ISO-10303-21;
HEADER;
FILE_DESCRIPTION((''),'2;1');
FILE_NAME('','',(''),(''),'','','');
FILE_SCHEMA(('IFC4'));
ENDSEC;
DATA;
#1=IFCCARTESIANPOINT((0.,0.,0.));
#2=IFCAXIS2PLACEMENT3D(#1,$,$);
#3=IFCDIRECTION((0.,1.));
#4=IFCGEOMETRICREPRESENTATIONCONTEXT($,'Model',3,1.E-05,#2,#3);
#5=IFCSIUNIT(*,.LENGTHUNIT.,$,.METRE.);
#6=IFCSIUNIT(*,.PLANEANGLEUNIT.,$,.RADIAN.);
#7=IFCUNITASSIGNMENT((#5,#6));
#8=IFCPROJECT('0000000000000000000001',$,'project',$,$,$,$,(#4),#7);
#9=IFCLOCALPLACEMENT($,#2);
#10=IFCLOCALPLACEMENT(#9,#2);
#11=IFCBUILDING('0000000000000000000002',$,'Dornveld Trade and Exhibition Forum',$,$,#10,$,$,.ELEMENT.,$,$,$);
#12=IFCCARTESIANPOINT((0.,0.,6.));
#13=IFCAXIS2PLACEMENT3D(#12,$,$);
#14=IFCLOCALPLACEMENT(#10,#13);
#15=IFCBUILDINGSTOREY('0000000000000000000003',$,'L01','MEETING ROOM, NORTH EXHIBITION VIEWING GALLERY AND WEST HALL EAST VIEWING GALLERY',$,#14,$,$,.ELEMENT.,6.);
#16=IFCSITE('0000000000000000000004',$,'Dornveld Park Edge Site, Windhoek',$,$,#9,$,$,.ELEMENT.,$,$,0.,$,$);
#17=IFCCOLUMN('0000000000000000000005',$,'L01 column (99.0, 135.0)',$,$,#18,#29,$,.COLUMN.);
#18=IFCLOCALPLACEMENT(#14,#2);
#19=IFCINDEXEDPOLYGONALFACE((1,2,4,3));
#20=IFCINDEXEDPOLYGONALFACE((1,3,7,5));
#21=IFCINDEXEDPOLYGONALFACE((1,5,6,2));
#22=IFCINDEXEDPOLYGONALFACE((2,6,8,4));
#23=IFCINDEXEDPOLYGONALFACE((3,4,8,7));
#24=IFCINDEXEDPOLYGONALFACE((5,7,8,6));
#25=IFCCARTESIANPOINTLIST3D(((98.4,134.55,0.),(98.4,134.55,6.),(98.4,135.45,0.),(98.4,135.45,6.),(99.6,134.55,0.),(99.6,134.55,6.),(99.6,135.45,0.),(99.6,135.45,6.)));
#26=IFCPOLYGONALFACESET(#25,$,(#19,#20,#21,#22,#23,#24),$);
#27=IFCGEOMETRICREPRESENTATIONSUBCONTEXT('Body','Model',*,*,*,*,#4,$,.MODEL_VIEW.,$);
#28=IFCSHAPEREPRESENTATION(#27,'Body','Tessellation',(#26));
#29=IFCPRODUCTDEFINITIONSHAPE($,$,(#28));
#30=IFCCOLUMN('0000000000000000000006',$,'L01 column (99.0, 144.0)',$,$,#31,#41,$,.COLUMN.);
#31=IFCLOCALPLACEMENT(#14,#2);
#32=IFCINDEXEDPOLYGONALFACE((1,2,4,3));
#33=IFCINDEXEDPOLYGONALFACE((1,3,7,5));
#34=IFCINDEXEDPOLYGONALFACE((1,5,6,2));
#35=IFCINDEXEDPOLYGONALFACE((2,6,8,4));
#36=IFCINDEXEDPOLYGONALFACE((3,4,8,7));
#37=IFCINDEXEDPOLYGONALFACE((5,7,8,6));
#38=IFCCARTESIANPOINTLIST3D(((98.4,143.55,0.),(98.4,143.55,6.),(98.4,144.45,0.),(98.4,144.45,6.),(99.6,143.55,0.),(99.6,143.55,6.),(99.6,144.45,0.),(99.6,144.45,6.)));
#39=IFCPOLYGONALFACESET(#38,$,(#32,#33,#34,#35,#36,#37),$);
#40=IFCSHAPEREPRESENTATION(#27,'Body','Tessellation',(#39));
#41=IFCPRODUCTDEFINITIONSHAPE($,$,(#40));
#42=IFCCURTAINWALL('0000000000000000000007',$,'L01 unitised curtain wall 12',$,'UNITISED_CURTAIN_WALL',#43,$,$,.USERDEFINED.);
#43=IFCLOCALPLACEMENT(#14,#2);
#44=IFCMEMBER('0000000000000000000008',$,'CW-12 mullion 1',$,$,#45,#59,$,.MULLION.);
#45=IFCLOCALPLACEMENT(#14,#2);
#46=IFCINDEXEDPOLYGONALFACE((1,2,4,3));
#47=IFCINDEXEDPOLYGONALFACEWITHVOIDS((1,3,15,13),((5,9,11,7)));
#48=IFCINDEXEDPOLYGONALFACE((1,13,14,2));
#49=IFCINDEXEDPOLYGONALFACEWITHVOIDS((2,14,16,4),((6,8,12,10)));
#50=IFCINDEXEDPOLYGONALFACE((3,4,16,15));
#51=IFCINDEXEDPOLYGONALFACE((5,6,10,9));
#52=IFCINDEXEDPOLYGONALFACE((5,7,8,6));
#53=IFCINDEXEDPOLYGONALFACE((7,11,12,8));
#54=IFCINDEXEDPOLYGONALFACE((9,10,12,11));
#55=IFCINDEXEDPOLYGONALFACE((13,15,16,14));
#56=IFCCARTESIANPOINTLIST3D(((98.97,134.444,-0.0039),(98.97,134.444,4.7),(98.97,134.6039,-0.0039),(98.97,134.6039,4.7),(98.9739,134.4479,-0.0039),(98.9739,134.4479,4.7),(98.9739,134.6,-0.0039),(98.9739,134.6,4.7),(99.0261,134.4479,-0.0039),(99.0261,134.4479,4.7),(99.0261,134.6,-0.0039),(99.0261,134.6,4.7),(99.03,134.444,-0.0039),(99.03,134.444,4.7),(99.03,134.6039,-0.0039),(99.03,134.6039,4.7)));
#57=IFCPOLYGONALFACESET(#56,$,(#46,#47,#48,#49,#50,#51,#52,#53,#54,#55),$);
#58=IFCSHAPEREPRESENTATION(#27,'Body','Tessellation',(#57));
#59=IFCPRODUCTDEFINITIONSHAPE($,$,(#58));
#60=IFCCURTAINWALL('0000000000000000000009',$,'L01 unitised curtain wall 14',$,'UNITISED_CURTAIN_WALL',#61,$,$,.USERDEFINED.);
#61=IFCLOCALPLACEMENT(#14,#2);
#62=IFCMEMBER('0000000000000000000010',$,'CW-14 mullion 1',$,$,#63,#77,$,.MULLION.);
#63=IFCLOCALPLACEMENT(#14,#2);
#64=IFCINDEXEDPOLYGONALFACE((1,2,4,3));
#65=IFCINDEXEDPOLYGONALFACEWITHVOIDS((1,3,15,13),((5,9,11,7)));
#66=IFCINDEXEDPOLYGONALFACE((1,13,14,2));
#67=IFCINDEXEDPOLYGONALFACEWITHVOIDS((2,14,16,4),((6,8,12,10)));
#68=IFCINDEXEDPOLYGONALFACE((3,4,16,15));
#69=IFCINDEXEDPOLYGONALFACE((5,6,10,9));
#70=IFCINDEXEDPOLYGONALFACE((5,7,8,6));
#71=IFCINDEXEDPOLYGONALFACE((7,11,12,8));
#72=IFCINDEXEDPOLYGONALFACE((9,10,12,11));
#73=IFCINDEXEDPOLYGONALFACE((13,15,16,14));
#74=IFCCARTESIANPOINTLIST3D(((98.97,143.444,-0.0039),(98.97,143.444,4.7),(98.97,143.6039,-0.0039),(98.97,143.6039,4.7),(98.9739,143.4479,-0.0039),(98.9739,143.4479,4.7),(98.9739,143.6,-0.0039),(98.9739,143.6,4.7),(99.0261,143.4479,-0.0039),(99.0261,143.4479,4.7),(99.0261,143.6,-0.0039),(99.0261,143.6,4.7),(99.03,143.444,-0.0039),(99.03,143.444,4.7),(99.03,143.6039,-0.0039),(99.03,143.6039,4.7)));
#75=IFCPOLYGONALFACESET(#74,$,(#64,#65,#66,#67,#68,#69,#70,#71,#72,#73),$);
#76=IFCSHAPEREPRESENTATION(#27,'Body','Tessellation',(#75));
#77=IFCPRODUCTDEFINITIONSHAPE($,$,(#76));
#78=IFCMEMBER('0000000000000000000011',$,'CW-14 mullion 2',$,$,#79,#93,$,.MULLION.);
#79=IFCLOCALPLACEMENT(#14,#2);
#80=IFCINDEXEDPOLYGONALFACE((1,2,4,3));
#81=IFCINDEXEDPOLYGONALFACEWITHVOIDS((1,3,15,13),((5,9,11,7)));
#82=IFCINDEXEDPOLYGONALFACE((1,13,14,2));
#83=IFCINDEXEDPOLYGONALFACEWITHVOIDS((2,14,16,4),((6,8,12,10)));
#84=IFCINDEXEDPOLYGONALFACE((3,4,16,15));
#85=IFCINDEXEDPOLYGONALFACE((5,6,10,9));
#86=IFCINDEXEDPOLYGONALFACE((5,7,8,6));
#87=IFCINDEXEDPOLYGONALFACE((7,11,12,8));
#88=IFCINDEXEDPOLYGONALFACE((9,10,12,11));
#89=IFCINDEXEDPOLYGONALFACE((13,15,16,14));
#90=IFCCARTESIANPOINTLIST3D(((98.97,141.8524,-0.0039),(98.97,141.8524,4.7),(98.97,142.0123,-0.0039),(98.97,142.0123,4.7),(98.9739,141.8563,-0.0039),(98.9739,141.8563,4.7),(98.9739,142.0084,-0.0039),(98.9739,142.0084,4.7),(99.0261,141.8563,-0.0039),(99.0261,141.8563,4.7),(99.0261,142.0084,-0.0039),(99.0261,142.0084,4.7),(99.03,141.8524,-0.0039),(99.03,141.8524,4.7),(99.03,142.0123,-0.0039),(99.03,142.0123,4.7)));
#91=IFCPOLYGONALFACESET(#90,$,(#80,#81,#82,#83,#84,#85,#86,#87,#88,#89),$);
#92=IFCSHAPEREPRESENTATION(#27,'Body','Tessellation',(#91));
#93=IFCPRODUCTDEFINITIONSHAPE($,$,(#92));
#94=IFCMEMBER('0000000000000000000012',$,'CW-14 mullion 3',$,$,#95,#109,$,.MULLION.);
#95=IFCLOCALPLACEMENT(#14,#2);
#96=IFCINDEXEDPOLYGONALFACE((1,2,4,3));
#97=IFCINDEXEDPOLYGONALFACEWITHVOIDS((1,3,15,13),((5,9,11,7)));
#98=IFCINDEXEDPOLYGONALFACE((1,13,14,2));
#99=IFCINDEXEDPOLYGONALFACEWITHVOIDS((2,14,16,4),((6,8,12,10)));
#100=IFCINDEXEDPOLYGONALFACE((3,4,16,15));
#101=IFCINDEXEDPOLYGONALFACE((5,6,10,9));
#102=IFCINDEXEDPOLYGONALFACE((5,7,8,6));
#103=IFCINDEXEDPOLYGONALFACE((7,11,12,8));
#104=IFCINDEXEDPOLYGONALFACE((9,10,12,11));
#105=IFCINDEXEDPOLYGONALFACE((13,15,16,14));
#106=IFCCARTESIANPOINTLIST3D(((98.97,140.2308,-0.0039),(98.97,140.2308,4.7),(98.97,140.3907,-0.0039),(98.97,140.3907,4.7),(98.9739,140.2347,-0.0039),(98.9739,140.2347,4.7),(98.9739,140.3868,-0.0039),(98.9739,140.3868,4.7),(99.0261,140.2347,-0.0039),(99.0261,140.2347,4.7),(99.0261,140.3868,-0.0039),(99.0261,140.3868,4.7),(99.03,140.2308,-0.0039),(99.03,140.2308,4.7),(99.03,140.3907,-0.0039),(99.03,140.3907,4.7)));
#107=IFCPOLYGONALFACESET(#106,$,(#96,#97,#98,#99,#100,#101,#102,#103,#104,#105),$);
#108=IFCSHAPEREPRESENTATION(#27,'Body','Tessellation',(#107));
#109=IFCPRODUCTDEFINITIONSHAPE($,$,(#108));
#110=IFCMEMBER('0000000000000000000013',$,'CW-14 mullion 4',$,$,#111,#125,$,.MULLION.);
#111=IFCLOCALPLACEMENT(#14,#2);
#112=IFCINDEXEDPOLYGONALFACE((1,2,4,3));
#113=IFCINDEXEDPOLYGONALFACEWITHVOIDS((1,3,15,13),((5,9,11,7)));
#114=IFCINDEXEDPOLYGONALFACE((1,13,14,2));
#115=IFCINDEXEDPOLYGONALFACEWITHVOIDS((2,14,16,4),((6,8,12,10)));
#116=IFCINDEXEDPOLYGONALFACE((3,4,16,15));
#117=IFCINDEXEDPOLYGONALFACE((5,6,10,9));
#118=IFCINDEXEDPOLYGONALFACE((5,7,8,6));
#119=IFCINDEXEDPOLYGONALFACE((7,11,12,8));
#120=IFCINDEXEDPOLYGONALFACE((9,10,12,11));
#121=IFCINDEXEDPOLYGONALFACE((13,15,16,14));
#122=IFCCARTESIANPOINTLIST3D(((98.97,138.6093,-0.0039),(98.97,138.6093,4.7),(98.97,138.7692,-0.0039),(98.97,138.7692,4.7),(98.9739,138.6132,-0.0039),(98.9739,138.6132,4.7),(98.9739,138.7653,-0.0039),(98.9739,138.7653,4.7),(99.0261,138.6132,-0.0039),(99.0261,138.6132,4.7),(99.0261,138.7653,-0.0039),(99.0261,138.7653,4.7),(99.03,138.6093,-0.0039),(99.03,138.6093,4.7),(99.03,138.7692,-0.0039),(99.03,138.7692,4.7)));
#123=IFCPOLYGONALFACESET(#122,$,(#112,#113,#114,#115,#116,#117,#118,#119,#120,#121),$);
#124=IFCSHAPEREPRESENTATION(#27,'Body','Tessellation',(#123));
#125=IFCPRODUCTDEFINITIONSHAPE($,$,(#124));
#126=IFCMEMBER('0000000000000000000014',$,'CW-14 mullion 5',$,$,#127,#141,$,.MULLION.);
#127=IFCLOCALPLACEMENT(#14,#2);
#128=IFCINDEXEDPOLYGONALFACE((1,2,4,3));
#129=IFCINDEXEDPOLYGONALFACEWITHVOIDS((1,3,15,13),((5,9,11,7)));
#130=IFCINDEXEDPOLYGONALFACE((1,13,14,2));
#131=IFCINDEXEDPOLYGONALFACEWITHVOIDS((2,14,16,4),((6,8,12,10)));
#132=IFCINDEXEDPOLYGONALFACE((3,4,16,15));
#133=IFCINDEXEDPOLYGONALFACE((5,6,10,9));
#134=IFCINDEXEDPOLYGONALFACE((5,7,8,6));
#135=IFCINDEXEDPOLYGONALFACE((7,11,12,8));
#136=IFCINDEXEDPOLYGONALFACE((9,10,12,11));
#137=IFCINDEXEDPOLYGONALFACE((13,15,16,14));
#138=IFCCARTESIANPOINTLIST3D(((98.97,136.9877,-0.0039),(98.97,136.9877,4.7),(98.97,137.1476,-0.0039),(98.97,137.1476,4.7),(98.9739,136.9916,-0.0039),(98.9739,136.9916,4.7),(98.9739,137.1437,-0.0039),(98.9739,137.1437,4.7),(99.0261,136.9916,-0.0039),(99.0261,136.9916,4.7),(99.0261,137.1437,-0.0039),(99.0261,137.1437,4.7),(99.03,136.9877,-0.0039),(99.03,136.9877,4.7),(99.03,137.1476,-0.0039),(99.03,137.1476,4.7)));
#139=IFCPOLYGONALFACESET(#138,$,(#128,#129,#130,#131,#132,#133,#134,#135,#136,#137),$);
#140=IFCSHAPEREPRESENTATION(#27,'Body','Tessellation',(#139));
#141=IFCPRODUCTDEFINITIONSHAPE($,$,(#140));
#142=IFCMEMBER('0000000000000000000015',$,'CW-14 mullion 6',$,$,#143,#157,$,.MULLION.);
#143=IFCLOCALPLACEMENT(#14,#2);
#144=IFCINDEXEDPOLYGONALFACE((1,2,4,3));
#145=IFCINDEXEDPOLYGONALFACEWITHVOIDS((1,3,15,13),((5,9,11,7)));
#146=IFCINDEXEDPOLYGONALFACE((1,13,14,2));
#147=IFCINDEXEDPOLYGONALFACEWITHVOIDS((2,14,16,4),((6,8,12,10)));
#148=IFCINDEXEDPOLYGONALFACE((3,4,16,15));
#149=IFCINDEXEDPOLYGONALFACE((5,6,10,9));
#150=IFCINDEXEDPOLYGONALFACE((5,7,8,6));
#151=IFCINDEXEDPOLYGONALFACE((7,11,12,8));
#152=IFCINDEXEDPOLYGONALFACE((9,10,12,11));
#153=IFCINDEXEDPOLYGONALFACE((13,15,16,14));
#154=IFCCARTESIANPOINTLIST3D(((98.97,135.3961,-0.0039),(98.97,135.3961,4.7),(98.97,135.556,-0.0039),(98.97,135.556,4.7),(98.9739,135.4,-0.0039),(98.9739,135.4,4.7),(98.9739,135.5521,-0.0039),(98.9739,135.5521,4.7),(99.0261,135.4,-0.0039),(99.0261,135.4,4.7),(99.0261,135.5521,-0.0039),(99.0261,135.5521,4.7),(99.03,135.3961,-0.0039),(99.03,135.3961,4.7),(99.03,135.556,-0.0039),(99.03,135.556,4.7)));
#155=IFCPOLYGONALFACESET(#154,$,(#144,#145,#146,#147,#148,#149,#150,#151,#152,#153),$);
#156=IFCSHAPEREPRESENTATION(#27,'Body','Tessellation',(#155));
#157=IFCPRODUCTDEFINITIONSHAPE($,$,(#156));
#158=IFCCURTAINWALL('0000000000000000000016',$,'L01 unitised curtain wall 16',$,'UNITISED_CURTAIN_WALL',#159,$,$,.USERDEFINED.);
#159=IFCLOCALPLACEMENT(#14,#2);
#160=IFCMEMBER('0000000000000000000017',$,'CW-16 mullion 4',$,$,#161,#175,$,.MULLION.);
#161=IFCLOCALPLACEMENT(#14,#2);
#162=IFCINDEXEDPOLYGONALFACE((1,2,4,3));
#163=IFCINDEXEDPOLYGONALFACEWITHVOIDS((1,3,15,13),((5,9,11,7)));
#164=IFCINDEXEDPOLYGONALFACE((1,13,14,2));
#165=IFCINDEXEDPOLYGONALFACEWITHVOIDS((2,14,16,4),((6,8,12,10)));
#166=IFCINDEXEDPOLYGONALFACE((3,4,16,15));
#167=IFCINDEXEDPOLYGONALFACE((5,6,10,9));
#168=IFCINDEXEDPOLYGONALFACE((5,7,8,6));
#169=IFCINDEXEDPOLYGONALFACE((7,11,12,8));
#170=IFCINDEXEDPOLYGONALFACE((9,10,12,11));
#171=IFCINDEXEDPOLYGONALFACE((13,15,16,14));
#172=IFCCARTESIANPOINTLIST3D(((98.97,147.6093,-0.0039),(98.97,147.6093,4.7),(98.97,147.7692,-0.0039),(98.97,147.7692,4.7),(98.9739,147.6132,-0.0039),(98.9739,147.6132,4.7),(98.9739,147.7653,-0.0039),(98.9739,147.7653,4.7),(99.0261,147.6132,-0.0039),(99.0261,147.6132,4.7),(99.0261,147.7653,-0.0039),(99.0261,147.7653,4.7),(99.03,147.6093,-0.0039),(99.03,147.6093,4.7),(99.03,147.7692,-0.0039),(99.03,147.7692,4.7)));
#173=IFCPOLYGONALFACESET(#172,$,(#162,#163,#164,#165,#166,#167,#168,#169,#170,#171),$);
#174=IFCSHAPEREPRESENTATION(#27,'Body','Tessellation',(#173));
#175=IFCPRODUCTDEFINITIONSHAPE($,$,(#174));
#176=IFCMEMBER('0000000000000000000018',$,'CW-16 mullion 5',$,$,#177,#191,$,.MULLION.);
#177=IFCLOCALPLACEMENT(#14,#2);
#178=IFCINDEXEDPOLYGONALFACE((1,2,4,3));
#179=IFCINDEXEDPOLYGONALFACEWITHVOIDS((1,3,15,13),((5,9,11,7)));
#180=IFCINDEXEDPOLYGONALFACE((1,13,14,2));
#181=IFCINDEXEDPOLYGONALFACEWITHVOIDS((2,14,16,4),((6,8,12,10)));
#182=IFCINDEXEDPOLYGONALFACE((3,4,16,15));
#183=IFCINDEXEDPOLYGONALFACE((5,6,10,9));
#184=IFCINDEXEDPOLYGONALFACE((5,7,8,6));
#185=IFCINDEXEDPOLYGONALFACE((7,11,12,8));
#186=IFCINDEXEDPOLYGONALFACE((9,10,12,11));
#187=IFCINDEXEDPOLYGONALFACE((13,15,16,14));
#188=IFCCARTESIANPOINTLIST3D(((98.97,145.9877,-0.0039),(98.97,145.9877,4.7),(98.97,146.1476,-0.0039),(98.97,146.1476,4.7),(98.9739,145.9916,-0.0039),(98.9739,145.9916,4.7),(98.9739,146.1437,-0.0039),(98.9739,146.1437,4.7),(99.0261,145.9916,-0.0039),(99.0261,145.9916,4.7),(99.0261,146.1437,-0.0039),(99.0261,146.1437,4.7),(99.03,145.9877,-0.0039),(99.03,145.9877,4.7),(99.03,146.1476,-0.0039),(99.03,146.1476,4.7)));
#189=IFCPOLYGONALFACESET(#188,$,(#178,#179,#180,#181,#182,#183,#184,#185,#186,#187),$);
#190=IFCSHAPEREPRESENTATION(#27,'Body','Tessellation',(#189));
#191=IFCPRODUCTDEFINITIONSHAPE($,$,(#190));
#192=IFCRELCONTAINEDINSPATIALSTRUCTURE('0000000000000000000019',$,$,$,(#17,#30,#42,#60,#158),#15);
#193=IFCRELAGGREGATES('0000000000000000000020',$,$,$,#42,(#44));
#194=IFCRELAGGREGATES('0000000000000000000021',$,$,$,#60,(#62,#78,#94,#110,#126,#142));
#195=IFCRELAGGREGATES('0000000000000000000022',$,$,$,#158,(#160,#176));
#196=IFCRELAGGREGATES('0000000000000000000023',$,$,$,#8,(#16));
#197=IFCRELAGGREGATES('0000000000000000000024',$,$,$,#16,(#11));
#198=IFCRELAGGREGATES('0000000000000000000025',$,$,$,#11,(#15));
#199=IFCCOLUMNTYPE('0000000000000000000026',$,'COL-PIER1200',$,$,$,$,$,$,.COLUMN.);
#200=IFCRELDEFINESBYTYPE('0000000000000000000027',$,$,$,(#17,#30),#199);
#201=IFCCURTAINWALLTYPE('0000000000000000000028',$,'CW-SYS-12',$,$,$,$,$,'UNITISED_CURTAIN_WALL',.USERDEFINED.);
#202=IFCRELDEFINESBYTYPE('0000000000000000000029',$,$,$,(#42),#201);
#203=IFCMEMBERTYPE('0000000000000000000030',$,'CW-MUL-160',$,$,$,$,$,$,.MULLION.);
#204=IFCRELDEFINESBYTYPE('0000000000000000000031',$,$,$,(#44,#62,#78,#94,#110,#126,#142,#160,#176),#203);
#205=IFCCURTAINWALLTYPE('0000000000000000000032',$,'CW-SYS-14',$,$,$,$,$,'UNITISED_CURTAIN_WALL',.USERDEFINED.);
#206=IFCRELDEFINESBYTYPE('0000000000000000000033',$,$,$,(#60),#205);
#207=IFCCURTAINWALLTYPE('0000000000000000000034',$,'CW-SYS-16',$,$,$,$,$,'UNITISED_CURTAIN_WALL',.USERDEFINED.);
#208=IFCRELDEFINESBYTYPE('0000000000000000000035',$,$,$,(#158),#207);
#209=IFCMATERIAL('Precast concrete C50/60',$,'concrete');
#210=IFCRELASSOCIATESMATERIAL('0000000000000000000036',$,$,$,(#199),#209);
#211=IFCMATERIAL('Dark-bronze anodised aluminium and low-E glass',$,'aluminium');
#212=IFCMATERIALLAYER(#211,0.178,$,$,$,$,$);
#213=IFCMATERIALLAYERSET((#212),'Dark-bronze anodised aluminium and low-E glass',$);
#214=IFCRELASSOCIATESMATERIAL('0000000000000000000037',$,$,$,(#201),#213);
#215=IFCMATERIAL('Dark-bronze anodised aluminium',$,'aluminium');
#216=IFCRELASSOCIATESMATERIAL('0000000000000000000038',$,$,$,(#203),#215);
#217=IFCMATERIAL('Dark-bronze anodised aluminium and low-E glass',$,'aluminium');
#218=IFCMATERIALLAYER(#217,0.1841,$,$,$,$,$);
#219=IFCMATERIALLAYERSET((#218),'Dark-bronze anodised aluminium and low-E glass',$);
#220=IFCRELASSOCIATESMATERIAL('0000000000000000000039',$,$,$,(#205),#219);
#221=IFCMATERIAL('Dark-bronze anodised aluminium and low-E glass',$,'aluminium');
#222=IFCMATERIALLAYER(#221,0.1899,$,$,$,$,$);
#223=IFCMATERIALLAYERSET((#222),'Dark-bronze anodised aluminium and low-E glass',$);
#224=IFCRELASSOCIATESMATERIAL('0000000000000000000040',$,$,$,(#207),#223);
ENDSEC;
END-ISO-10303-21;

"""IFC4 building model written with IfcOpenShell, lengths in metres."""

from ifc_helpers import new_model, si_unit, direction, frame, origin, origin_2d, place, context, subcontext, project, spatial, rectangle, hollow_rectangle, extrude, material, layer, layer_set, material_profile, profile_set, type_object, element, aggregate, save


model = new_model("IFC4")

# Units and contexts
model_context = context("Model", 3, precision=1e-05, world=origin(), true_north=direction((0.0, 1.0)))
body_context = subcontext(model_context, "Body", "Model", "MODEL_VIEW")
ifc_project = project(units=[si_unit("LENGTHUNIT", "METRE"), si_unit("PLANEANGLEUNIT", "RADIAN")], contexts=[model_context])

# Site, building, storey
site_placement = place(None, origin())
site = spatial("IfcSite", under=ifc_project, at=site_placement, Name="Dornveld Park Edge Site, Windhoek", CompositionType="ELEMENT", RefElevation=0.0)
building_placement = place(site_placement, origin())
building = spatial("IfcBuilding", under=site, at=building_placement, Name="Dornveld Trade and Exhibition Forum", CompositionType="ELEMENT")
storey_placement = place(building_placement, frame((0.0, 0.0, 6.0)))
storey = spatial("IfcBuildingStorey", under=building, at=storey_placement, Name="L01", Description="MEETING ROOM, NORTH EXHIBITION VIEWING GALLERY AND WEST HALL EAST VIEWING GALLERY", CompositionType="ELEMENT", Elevation=6.0)

# Columns
ifc_material_1 = material(Name="Precast concrete C50/60", Category="concrete")
ifc_material_profile_1 = material_profile(ifc_material_1, rectangle(XDim=1.2, YDim=0.8999, at=origin_2d()), Name="PC-PIER 1200x900")
ifc_profile_set_1 = profile_set([ifc_material_profile_1], Name="Precast concrete C50/60")
column_type = type_object("IfcColumnType", Name="COL-PIER1200", PredefinedType="COLUMN", material=ifc_profile_set_1)
for number, where, z_axis, x_axis, name in (
    (1, (99.0, 135.0, 0.0), (0.0, 0.0, 1.0), (1.0, 0.0, 0.0), "L01 column (99.0, 135.0)"),
    (2, (99.0, 144.0, 0.0), (0.0, 0.0, 1.0), (1.0, 0.0, 0.0), "L01 column (99.0, 144.0)"),
):
    element("IfcColumn", number, at=place(storey_placement, frame(where, z_axis=z_axis, x_axis=x_axis)), inside=storey, type_object=column_type, Name=name, PredefinedType="COLUMN", context=body_context, shape_type="SweptSolid", body=[
        extrude(rectangle(XDim=1.2, YDim=0.8999, at=origin_2d()), origin(), (0.0, 0.0, 1.0), 6.0),
    ])

# Curtain wall, member
ifc_material_2 = material(Name="Dark-bronze anodised aluminium and low-E glass", Category="aluminium")
ifc_layer_1 = layer(ifc_material_2, 0.178)
ifc_layer_set_1 = layer_set([ifc_layer_1], Name="Dark-bronze anodised aluminium and low-E glass")
curtain_wall_type_1 = type_object("IfcCurtainWallType", Name="CW-SYS-12", ElementType="UNITISED_CURTAIN_WALL", PredefinedType="USERDEFINED", material=ifc_layer_set_1)
curtain_wall_1_placement = place(storey_placement, origin())
curtain_wall_1 = element("IfcCurtainWall", 3, at=curtain_wall_1_placement, inside=storey, type_object=curtain_wall_type_1, Name="L01 unitised curtain wall 12", ObjectType="UNITISED_CURTAIN_WALL", PredefinedType="USERDEFINED")
ifc_material_3 = material(Name="Dark-bronze anodised aluminium", Category="aluminium")
ifc_material_profile_2 = material_profile(ifc_material_3, hollow_rectangle(XDim=0.0601, YDim=0.1599, WallThickness=0.0039, at=origin_2d()), Name="RHS 160x60x4")
ifc_profile_set_2 = profile_set([ifc_material_profile_2], Name="Dark-bronze anodised aluminium")
member_type_1 = type_object("IfcMemberType", Name="CW-MUL-160", PredefinedType="MULLION", material=ifc_profile_set_2)
member_1_placement = place(storey_placement, frame((99.0, 134.5239, -0.0039), z_axis=(0.0, 0.0, 1.0), x_axis=(1.0, 0.0, 0.0)))
member_1 = element("IfcMember", 4, at=member_1_placement, type_object=member_type_1, Name="CW-12 mullion 1", PredefinedType="MULLION", context=body_context, shape_type="SweptSolid", body=[
    extrude(hollow_rectangle(XDim=0.0601, YDim=0.1599, WallThickness=0.0039, at=origin_2d()), origin(), (0.0, 0.0, 1.0), 4.7039),
])

# Curtain walls, members
ifc_material_4 = material(Name="Dark-bronze anodised aluminium and low-E glass", Category="aluminium")
ifc_layer_2 = layer(ifc_material_4, 0.1841)
ifc_layer_set_2 = layer_set([ifc_layer_2], Name="Dark-bronze anodised aluminium and low-E glass")
curtain_wall_type_2 = type_object("IfcCurtainWallType", Name="CW-SYS-14", ElementType="UNITISED_CURTAIN_WALL", PredefinedType="USERDEFINED", material=ifc_layer_set_2)
curtain_wall_2_placement = place(storey_placement, origin())
curtain_wall_2 = element("IfcCurtainWall", 5, at=curtain_wall_2_placement, inside=storey, type_object=curtain_wall_type_2, Name="L01 unitised curtain wall 14", ObjectType="UNITISED_CURTAIN_WALL", PredefinedType="USERDEFINED")
member_2_placement = place(storey_placement, frame((99.0, 143.5239, -0.0039), z_axis=(0.0, 0.0, 1.0), x_axis=(1.0, 0.0, 0.0)))
member_2 = element("IfcMember", 6, at=member_2_placement, type_object=member_type_1, Name="CW-14 mullion 1", PredefinedType="MULLION", context=body_context, shape_type="SweptSolid", body=[
    extrude(hollow_rectangle(XDim=0.0601, YDim=0.1599, WallThickness=0.0039, at=origin_2d()), origin(), (0.0, 0.0, 1.0), 4.7039),
])
member_3_placement = place(storey_placement, frame((99.0, 141.9324, -0.0039), z_axis=(0.0, 0.0, 1.0), x_axis=(1.0, 0.0, 0.0)))
member_3 = element("IfcMember", 7, at=member_3_placement, type_object=member_type_1, Name="CW-14 mullion 2", PredefinedType="MULLION", context=body_context, shape_type="SweptSolid", body=[
    extrude(hollow_rectangle(XDim=0.0601, YDim=0.1599, WallThickness=0.0039, at=origin_2d()), origin(), (0.0, 0.0, 1.0), 4.7039),
])
member_4_placement = place(storey_placement, frame((99.0, 140.3108, -0.0039), z_axis=(0.0, 0.0, 1.0), x_axis=(1.0, 0.0, 0.0)))
member_4 = element("IfcMember", 8, at=member_4_placement, type_object=member_type_1, Name="CW-14 mullion 3", PredefinedType="MULLION", context=body_context, shape_type="SweptSolid", body=[
    extrude(hollow_rectangle(XDim=0.0601, YDim=0.1599, WallThickness=0.0039, at=origin_2d()), origin(), (0.0, 0.0, 1.0), 4.7039),
])
member_5_placement = place(storey_placement, frame((99.0, 138.6892, -0.0039), z_axis=(0.0, 0.0, 1.0), x_axis=(1.0, 0.0, 0.0)))
member_5 = element("IfcMember", 9, at=member_5_placement, type_object=member_type_1, Name="CW-14 mullion 4", PredefinedType="MULLION", context=body_context, shape_type="SweptSolid", body=[
    extrude(hollow_rectangle(XDim=0.0601, YDim=0.1599, WallThickness=0.0039, at=origin_2d()), origin(), (0.0, 0.0, 1.0), 4.7039),
])
member_6_placement = place(storey_placement, frame((99.0, 137.0676, -0.0039), z_axis=(0.0, 0.0, 1.0), x_axis=(1.0, 0.0, 0.0)))
member_6 = element("IfcMember", 10, at=member_6_placement, type_object=member_type_1, Name="CW-14 mullion 5", PredefinedType="MULLION", context=body_context, shape_type="SweptSolid", body=[
    extrude(hollow_rectangle(XDim=0.0601, YDim=0.1599, WallThickness=0.0039, at=origin_2d()), origin(), (0.0, 0.0, 1.0), 4.7039),
])
member_7_placement = place(storey_placement, frame((99.0, 135.4761, -0.0039), z_axis=(0.0, 0.0, 1.0), x_axis=(1.0, 0.0, 0.0)))
member_7 = element("IfcMember", 11, at=member_7_placement, type_object=member_type_1, Name="CW-14 mullion 6", PredefinedType="MULLION", context=body_context, shape_type="SweptSolid", body=[
    extrude(hollow_rectangle(XDim=0.0601, YDim=0.1599, WallThickness=0.0039, at=origin_2d()), origin(), (0.0, 0.0, 1.0), 4.7039),
])
ifc_material_5 = material(Name="Dark-bronze anodised aluminium and low-E glass", Category="aluminium")
ifc_layer_3 = layer(ifc_material_5, 0.1899)
ifc_layer_set_3 = layer_set([ifc_layer_3], Name="Dark-bronze anodised aluminium and low-E glass")
curtain_wall_type_3 = type_object("IfcCurtainWallType", Name="CW-SYS-16", ElementType="UNITISED_CURTAIN_WALL", PredefinedType="USERDEFINED", material=ifc_layer_set_3)
curtain_wall_3_placement = place(storey_placement, origin())
curtain_wall_3 = element("IfcCurtainWall", 12, at=curtain_wall_3_placement, inside=storey, type_object=curtain_wall_type_3, Name="L01 unitised curtain wall 16", ObjectType="UNITISED_CURTAIN_WALL", PredefinedType="USERDEFINED")
member_8_placement = place(storey_placement, frame((99.0, 147.6892, -0.0039), z_axis=(0.0, 0.0, 1.0), x_axis=(1.0, 0.0, 0.0)))
member_8 = element("IfcMember", 13, at=member_8_placement, type_object=member_type_1, Name="CW-16 mullion 4", PredefinedType="MULLION", context=body_context, shape_type="SweptSolid", body=[
    extrude(hollow_rectangle(XDim=0.0601, YDim=0.1599, WallThickness=0.0039, at=origin_2d()), origin(), (0.0, 0.0, 1.0), 4.7039),
])
member_9_placement = place(storey_placement, frame((99.0, 146.0676, -0.0039), z_axis=(0.0, 0.0, 1.0), x_axis=(1.0, 0.0, 0.0)))
member_9 = element("IfcMember", 14, at=member_9_placement, type_object=member_type_1, Name="CW-16 mullion 5", PredefinedType="MULLION", context=body_context, shape_type="SweptSolid", body=[
    extrude(hollow_rectangle(XDim=0.0601, YDim=0.1599, WallThickness=0.0039, at=origin_2d()), origin(), (0.0, 0.0, 1.0), 4.7039),
])

aggregate(curtain_wall_1, [member_1])

aggregate(curtain_wall_2, [member_2, member_3, member_4, member_5, member_6, member_7])
aggregate(curtain_wall_3, [member_8, member_9])

save(model, "model.ifc")
